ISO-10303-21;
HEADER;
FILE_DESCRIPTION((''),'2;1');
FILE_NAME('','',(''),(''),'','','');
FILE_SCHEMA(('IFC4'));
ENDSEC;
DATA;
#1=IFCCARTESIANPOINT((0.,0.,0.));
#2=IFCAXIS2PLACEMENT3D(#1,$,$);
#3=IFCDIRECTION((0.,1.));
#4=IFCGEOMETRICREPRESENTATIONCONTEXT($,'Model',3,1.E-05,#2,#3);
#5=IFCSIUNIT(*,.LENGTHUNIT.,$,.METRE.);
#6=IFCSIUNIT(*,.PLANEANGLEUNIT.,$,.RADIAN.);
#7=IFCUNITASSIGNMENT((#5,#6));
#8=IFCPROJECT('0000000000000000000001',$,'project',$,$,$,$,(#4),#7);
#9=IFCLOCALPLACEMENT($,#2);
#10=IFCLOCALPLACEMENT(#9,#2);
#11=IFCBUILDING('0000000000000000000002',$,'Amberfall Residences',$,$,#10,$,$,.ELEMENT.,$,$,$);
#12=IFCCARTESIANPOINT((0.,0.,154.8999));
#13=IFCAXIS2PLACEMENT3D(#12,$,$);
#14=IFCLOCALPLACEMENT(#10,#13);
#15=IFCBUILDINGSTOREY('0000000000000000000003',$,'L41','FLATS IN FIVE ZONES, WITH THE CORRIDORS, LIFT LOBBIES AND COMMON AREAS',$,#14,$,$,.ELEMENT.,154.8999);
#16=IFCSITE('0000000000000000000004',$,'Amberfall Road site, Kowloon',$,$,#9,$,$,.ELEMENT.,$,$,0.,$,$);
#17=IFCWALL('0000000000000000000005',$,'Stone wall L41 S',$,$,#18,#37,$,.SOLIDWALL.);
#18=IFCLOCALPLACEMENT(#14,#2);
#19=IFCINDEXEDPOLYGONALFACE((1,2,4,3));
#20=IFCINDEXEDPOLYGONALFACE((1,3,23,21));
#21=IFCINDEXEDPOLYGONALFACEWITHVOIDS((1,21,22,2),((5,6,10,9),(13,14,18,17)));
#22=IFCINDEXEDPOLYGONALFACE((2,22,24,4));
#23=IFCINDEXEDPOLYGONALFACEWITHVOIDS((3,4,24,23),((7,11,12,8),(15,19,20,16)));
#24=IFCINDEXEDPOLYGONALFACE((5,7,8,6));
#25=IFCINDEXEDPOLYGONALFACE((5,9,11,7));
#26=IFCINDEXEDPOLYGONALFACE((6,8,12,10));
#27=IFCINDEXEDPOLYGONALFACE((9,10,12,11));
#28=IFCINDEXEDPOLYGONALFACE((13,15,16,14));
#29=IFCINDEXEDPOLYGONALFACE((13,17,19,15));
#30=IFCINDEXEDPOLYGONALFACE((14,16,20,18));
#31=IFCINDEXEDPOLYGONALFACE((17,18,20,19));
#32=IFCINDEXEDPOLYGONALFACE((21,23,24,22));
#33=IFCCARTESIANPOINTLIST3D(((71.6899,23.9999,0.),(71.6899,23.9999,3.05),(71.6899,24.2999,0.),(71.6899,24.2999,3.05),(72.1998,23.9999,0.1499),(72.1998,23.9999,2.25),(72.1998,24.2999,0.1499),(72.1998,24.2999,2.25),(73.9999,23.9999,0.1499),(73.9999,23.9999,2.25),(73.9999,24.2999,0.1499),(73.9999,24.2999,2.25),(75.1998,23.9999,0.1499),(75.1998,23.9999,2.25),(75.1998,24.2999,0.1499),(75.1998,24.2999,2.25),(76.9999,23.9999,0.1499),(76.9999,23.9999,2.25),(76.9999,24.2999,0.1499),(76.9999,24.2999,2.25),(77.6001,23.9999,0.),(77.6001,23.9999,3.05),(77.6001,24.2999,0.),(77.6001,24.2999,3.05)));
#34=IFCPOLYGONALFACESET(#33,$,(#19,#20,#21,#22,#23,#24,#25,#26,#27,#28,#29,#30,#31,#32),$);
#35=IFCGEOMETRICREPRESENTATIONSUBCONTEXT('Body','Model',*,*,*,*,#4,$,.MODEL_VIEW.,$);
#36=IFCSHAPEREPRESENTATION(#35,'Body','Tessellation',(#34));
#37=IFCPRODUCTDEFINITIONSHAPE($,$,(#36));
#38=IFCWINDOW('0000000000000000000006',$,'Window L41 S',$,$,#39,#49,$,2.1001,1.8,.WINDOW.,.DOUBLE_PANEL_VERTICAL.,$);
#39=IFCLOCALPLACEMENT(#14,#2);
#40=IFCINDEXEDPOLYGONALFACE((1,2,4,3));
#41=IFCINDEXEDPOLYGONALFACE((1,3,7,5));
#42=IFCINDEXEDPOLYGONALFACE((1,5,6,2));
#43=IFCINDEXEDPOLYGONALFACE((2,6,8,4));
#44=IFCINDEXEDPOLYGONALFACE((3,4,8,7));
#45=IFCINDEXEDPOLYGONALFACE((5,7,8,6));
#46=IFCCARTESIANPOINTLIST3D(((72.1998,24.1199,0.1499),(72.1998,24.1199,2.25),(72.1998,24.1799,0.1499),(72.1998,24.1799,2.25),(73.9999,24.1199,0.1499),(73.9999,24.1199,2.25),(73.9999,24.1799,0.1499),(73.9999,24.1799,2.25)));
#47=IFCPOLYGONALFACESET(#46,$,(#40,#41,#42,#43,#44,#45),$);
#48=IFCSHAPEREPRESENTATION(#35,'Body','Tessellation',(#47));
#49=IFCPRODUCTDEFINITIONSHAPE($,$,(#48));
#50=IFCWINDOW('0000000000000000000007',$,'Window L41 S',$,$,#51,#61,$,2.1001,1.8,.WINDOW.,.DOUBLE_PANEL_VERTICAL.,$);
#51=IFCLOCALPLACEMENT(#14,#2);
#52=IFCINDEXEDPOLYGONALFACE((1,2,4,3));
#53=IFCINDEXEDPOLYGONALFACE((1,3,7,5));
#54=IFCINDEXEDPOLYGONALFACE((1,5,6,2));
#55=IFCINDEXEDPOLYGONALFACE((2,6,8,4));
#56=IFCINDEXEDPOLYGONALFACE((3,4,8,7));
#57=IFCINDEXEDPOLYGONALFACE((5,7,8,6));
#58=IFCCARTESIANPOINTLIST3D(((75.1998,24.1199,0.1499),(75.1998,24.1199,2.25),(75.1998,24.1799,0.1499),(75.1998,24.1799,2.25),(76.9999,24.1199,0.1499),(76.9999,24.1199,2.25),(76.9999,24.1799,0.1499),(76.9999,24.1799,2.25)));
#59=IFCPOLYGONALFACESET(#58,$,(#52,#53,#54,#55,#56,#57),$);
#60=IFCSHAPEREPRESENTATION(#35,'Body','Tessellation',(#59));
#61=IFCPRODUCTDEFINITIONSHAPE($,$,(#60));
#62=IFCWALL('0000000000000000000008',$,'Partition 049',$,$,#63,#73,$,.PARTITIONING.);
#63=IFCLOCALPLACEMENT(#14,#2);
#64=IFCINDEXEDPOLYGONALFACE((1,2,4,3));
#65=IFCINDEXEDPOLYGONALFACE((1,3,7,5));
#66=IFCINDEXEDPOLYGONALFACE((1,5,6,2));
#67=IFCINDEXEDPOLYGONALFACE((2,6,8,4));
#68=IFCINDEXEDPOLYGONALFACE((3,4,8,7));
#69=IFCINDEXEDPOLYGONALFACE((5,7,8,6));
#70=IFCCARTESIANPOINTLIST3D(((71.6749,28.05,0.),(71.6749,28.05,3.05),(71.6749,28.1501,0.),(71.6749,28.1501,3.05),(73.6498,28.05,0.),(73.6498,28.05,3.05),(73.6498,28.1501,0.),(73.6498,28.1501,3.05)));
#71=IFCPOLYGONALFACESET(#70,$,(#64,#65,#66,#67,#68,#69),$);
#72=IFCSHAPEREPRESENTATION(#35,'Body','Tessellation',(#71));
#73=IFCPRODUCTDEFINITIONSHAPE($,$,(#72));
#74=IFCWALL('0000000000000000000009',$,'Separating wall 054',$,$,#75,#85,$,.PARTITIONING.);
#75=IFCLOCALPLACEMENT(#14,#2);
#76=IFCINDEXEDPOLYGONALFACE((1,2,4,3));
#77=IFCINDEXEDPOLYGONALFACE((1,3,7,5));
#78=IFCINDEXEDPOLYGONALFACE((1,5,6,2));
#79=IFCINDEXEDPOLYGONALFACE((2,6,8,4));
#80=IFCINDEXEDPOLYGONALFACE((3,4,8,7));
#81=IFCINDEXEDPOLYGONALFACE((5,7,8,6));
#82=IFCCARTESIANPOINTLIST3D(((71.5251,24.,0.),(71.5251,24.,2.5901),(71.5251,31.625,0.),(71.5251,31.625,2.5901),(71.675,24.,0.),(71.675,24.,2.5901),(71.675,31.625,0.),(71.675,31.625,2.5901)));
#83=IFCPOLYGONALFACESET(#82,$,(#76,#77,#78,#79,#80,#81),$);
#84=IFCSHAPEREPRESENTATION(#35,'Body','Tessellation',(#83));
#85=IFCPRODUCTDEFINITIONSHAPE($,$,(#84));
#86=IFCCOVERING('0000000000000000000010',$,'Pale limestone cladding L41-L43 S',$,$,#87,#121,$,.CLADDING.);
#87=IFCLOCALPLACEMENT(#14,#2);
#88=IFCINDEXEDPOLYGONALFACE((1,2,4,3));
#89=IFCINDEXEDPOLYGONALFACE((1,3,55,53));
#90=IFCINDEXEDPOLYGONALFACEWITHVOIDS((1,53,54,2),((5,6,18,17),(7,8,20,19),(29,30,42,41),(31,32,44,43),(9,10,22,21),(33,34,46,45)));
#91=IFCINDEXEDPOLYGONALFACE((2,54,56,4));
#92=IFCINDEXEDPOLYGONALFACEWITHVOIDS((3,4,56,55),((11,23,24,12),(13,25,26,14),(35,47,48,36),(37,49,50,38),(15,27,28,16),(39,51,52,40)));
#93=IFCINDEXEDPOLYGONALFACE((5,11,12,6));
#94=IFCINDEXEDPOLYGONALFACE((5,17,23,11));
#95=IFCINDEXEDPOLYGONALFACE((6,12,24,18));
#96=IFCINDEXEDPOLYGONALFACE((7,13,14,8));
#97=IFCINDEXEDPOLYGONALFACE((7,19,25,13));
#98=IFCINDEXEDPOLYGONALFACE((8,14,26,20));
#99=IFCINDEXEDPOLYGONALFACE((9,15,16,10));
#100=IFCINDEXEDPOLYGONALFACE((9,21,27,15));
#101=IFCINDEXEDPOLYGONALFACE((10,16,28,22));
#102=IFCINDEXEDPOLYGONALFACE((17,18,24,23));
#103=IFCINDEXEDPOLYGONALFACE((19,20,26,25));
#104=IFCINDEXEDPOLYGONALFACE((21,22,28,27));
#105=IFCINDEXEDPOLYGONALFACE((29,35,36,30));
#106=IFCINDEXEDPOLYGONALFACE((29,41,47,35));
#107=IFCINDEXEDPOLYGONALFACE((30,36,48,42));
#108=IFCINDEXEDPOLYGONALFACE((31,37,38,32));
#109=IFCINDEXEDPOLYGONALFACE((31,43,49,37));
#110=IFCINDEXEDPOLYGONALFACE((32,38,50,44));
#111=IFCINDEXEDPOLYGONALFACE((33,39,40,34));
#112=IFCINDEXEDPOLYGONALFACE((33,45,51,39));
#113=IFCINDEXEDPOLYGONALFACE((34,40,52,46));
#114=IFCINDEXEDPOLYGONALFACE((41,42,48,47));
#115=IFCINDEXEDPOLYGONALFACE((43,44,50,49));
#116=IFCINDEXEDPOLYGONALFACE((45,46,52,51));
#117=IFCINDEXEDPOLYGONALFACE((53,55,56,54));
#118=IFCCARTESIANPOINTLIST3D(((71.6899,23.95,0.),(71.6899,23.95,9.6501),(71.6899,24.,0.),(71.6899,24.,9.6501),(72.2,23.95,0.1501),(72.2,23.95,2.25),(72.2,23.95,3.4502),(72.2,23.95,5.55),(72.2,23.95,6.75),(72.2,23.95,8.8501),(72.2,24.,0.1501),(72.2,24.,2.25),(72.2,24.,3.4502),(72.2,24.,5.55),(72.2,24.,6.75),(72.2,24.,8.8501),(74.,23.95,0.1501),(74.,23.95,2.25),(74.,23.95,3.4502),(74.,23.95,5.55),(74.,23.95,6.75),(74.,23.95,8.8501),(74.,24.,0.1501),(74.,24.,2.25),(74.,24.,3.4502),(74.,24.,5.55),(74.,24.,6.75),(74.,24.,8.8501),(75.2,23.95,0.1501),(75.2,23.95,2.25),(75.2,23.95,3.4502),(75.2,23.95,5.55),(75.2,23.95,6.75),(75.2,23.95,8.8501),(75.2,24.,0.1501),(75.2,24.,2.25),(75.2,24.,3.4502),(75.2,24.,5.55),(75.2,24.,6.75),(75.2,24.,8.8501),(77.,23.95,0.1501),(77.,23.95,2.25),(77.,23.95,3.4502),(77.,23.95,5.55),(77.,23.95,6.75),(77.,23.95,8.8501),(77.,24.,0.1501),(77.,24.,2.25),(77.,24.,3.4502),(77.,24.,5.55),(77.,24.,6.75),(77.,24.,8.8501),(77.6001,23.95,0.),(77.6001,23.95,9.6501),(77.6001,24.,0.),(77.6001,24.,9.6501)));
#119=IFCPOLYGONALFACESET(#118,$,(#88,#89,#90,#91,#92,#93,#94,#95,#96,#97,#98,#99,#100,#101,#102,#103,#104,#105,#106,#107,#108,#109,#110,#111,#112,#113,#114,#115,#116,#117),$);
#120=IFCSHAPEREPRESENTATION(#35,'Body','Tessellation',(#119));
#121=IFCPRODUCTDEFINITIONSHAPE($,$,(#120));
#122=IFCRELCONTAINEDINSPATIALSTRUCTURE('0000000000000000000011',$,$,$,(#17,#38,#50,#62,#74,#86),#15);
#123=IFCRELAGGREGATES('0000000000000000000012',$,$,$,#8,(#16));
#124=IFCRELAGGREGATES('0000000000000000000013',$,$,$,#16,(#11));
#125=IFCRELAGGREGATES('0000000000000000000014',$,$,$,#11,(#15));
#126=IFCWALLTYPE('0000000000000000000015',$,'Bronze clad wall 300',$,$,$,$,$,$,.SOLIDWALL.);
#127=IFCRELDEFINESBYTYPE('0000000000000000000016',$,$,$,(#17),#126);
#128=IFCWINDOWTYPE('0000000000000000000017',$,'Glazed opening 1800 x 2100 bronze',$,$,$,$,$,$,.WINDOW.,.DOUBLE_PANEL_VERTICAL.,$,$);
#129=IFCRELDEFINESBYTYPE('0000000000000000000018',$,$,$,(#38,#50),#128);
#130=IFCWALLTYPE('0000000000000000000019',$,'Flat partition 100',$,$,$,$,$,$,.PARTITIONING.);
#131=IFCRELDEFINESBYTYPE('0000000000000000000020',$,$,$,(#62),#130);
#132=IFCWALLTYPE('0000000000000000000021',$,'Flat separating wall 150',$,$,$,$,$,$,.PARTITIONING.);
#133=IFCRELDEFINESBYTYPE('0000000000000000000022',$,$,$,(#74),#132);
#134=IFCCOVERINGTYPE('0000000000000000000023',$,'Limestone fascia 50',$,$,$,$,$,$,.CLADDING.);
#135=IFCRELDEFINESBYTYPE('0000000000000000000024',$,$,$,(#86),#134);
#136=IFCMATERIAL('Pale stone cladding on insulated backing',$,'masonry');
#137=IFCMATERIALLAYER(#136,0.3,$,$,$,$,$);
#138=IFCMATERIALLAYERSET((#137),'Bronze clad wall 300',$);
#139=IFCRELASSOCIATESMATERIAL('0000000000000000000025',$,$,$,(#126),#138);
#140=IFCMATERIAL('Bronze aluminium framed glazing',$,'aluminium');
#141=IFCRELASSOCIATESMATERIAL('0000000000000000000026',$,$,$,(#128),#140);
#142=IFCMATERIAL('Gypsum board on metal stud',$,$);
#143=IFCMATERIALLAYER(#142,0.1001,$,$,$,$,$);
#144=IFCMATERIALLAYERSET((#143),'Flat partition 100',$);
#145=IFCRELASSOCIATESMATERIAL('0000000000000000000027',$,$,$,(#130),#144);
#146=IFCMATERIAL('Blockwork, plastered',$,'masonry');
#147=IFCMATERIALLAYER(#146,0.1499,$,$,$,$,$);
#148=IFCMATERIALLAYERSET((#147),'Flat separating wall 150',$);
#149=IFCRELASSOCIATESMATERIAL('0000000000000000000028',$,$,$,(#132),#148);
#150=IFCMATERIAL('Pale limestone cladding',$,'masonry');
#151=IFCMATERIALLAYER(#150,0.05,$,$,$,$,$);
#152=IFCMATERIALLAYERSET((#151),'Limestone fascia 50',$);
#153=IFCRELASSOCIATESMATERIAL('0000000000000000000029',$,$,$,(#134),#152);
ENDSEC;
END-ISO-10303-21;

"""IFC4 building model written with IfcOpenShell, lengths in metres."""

from ifc_helpers import new_model, si_unit, direction, frame, frame_2d, origin, place, context, subcontext, project, spatial, polyline, rectangle, outline, extrude, material, layer, layer_set, type_object, element, fill, save


model = new_model("IFC4")

# Units and contexts
model_context = context("Model", 3, precision=1e-05, world=origin(), true_north=direction((0.0, 1.0)))
body_context = subcontext(model_context, "Body", "Model", "MODEL_VIEW")
ifc_project = project(units=[si_unit("LENGTHUNIT", "METRE"), si_unit("PLANEANGLEUNIT", "RADIAN")], contexts=[model_context])

# Site, building, storey
site_placement = place(None, origin())
site = spatial("IfcSite", under=ifc_project, at=site_placement, Name="Amberfall Road site, Kowloon", CompositionType="ELEMENT", RefElevation=0.0)
building_placement = place(site_placement, origin())
building = spatial("IfcBuilding", under=site, at=building_placement, Name="Amberfall Residences", CompositionType="ELEMENT")
storey_placement = place(building_placement, frame((0.0, 0.0, 154.8999)))
storey = spatial("IfcBuildingStorey", under=building, at=storey_placement, Name="L41", Description="FLATS IN FIVE ZONES, WITH THE CORRIDORS, LIFT LOBBIES AND COMMON AREAS", CompositionType="ELEMENT", Elevation=154.8999)

# Shared definitions
ifc_material_1 = material(Name="Pale stone cladding on insulated backing", Category="masonry")
ifc_layer_1 = layer(ifc_material_1, 0.3)
ifc_layer_set_1 = layer_set([ifc_layer_1], Name="Bronze clad wall 300")
wall_type_1 = type_object("IfcWallType", Name="Bronze clad wall 300", PredefinedType="SOLIDWALL", material=ifc_layer_set_1)

# Wall, openings, windows
wall_1_placement = place(storey_placement, frame((71.6899, 24.1499, 0.0), z_axis=(0.0, 0.0, 1.0), x_axis=(1.0, 0.0, 0.0)))
wall_1 = element("IfcWall", 1, at=wall_1_placement, inside=storey, type_object=wall_type_1, Name="Stone wall L41 S", PredefinedType="SOLIDWALL", context=body_context, shape_type="SweptSolid", body=[
    extrude(rectangle(XDim=5.9102, YDim=0.3, at=frame_2d((2.9551, 0.0))), origin(), (0.0, 0.0, 1.0), 3.05),
])
opening_1_placement = place(wall_1_placement, frame((0.51, 0.0, 0.1499)))
opening_1 = element("IfcOpeningElement", 2, at=opening_1_placement, cuts=wall_1, PredefinedType="OPENING", context=body_context, shape_type="SweptSolid", body=[
    extrude(rectangle(XDim=1.8, YDim=2.1001, at=frame_2d((0.8999, 1.05))), frame((0.0, 0.1599, 0.0), z_axis=(0.0, -1.0, 0.0), x_axis=(1.0, 0.0, 0.0)), (0.0, 0.0, 1.0), 0.3201),
])
opening_2_placement = place(wall_1_placement, frame((3.51, 0.0, 0.1499)))
opening_2 = element("IfcOpeningElement", 3, at=opening_2_placement, cuts=wall_1, PredefinedType="OPENING", context=body_context, shape_type="SweptSolid", body=[
    extrude(rectangle(XDim=1.8, YDim=2.1001, at=frame_2d((0.8999, 1.05))), frame((0.0, 0.1599, 0.0), z_axis=(0.0, -1.0, 0.0), x_axis=(1.0, 0.0, 0.0)), (0.0, 0.0, 1.0), 0.3201),
])
ifc_material_2 = material(Name="Bronze aluminium framed glazing", Category="aluminium")
window_type = type_object("IfcWindowType", Name="Glazed opening 1800 x 2100 bronze", PartitioningType="DOUBLE_PANEL_VERTICAL", PredefinedType="WINDOW", material=ifc_material_2)
window_1_placement = place(opening_1_placement, origin())
window_1 = element("IfcWindow", 4, at=window_1_placement, inside=storey, type_object=window_type, Name="Window L41 S", OverallHeight=2.1001, OverallWidth=1.8, PartitioningType="DOUBLE_PANEL_VERTICAL", PredefinedType="WINDOW", context=body_context, shape_type="SweptSolid", body=[
    extrude(rectangle(XDim=1.8, YDim=2.1001, at=frame_2d((0.8999, 1.05))), frame((0.0, 0.03, 0.0), z_axis=(0.0, -1.0, 0.0), x_axis=(1.0, 0.0, 0.0)), (0.0, 0.0, 1.0), 0.0601),
])
fill(opening_1, window_1)
window_2_placement = place(opening_2_placement, origin())
window_2 = element("IfcWindow", 5, at=window_2_placement, inside=storey, type_object=window_type, Name="Window L41 S", OverallHeight=2.1001, OverallWidth=1.8, PartitioningType="DOUBLE_PANEL_VERTICAL", PredefinedType="WINDOW", context=body_context, shape_type="SweptSolid", body=[
    extrude(rectangle(XDim=1.8, YDim=2.1001, at=frame_2d((0.8999, 1.05))), frame((0.0, 0.03, 0.0), z_axis=(0.0, -1.0, 0.0), x_axis=(1.0, 0.0, 0.0)), (0.0, 0.0, 1.0), 0.0601),
])
fill(opening_2, window_2)

# Walls
ifc_material_3 = material(Name="Gypsum board on metal stud")
ifc_layer_2 = layer(ifc_material_3, 0.1001)
ifc_layer_set_2 = layer_set([ifc_layer_2], Name="Flat partition 100")
wall_type_2 = type_object("IfcWallType", Name="Flat partition 100", PredefinedType="PARTITIONING", material=ifc_layer_set_2)
wall_2_placement = place(storey_placement, frame((71.675, 28.1001, 0.0), z_axis=(0.0, 0.0, 1.0), x_axis=(1.0, 0.0, 0.0)))
element("IfcWall", 6, at=wall_2_placement, inside=storey, type_object=wall_type_2, Name="Partition 049", PredefinedType="PARTITIONING", context=body_context, shape_type="SweptSolid", body=[
    extrude(rectangle(XDim=1.9749, YDim=0.1001, at=frame_2d((0.9873, 0.0))), origin(), (0.0, 0.0, 1.0), 3.05),
])
ifc_material_4 = material(Name="Blockwork, plastered", Category="masonry")
ifc_layer_3 = layer(ifc_material_4, 0.1499)
ifc_layer_set_3 = layer_set([ifc_layer_3], Name="Flat separating wall 150")
wall_type_3 = type_object("IfcWallType", Name="Flat separating wall 150", PredefinedType="PARTITIONING", material=ifc_layer_set_3)
wall_3_placement = place(storey_placement, frame((71.6001, 24.0, 0.0), z_axis=(0.0, 0.0, 1.0), x_axis=(0.0, 1.0, 0.0)))
element("IfcWall", 7, at=wall_3_placement, inside=storey, type_object=wall_type_3, Name="Separating wall 054", PredefinedType="PARTITIONING", context=body_context, shape_type="SweptSolid", body=[
    extrude(rectangle(XDim=7.625, YDim=0.1499, at=frame_2d((3.8125, 0.0))), origin(), (0.0, 0.0, 1.0), 2.5901),
])

# Covering
ifc_material_5 = material(Name="Pale limestone cladding", Category="masonry")
ifc_layer_4 = layer(ifc_material_5, 0.05)
ifc_layer_set_4 = layer_set([ifc_layer_4], Name="Limestone fascia 50")
covering_type = type_object("IfcCoveringType", Name="Limestone fascia 50", PredefinedType="CLADDING", material=ifc_layer_set_4)
covering_placement = place(storey_placement, frame((71.6899, 24.0, 9.6501), z_axis=(0.0, 1.0, 0.0), x_axis=(1.0, 0.0, 0.0)))
element("IfcCovering", 8, at=covering_placement, inside=storey, type_object=covering_type, Name="Pale limestone cladding L41-L43 S", PredefinedType="CLADDING", context=body_context, shape_type="SweptSolid", body=[
    extrude(outline(polyline([(0.0, 0.0), (5.9102, 0.0), (5.9102, 9.6501), (0.0, 9.6501), (0.0, 0.0)]), holes=[polyline([(0.51, 7.4001), (2.3101, 7.4001), (2.3101, 9.5), (0.51, 9.5), (0.51, 7.4001)]), polyline([(3.51, 7.4001), (5.3101, 7.4001), (5.3101, 9.5), (3.51, 9.5), (3.51, 7.4001)]), polyline([(0.51, 4.1001), (2.3101, 4.1001), (2.3101, 6.2), (0.51, 6.2), (0.51, 4.1001)]), polyline([(3.51, 4.1001), (5.3101, 4.1001), (5.3101, 6.2), (3.51, 6.2), (3.51, 4.1001)]), polyline([(0.51, 0.8), (2.3101, 0.8), (2.3101, 2.9001), (0.51, 2.9001), (0.51, 0.8)]), polyline([(3.51, 0.8), (5.3101, 0.8), (5.3101, 2.9001), (3.51, 2.9001), (3.51, 0.8)])]), origin(), (0.0, 0.0, -1.0), 0.05),
])

save(model, "model.ifc")
